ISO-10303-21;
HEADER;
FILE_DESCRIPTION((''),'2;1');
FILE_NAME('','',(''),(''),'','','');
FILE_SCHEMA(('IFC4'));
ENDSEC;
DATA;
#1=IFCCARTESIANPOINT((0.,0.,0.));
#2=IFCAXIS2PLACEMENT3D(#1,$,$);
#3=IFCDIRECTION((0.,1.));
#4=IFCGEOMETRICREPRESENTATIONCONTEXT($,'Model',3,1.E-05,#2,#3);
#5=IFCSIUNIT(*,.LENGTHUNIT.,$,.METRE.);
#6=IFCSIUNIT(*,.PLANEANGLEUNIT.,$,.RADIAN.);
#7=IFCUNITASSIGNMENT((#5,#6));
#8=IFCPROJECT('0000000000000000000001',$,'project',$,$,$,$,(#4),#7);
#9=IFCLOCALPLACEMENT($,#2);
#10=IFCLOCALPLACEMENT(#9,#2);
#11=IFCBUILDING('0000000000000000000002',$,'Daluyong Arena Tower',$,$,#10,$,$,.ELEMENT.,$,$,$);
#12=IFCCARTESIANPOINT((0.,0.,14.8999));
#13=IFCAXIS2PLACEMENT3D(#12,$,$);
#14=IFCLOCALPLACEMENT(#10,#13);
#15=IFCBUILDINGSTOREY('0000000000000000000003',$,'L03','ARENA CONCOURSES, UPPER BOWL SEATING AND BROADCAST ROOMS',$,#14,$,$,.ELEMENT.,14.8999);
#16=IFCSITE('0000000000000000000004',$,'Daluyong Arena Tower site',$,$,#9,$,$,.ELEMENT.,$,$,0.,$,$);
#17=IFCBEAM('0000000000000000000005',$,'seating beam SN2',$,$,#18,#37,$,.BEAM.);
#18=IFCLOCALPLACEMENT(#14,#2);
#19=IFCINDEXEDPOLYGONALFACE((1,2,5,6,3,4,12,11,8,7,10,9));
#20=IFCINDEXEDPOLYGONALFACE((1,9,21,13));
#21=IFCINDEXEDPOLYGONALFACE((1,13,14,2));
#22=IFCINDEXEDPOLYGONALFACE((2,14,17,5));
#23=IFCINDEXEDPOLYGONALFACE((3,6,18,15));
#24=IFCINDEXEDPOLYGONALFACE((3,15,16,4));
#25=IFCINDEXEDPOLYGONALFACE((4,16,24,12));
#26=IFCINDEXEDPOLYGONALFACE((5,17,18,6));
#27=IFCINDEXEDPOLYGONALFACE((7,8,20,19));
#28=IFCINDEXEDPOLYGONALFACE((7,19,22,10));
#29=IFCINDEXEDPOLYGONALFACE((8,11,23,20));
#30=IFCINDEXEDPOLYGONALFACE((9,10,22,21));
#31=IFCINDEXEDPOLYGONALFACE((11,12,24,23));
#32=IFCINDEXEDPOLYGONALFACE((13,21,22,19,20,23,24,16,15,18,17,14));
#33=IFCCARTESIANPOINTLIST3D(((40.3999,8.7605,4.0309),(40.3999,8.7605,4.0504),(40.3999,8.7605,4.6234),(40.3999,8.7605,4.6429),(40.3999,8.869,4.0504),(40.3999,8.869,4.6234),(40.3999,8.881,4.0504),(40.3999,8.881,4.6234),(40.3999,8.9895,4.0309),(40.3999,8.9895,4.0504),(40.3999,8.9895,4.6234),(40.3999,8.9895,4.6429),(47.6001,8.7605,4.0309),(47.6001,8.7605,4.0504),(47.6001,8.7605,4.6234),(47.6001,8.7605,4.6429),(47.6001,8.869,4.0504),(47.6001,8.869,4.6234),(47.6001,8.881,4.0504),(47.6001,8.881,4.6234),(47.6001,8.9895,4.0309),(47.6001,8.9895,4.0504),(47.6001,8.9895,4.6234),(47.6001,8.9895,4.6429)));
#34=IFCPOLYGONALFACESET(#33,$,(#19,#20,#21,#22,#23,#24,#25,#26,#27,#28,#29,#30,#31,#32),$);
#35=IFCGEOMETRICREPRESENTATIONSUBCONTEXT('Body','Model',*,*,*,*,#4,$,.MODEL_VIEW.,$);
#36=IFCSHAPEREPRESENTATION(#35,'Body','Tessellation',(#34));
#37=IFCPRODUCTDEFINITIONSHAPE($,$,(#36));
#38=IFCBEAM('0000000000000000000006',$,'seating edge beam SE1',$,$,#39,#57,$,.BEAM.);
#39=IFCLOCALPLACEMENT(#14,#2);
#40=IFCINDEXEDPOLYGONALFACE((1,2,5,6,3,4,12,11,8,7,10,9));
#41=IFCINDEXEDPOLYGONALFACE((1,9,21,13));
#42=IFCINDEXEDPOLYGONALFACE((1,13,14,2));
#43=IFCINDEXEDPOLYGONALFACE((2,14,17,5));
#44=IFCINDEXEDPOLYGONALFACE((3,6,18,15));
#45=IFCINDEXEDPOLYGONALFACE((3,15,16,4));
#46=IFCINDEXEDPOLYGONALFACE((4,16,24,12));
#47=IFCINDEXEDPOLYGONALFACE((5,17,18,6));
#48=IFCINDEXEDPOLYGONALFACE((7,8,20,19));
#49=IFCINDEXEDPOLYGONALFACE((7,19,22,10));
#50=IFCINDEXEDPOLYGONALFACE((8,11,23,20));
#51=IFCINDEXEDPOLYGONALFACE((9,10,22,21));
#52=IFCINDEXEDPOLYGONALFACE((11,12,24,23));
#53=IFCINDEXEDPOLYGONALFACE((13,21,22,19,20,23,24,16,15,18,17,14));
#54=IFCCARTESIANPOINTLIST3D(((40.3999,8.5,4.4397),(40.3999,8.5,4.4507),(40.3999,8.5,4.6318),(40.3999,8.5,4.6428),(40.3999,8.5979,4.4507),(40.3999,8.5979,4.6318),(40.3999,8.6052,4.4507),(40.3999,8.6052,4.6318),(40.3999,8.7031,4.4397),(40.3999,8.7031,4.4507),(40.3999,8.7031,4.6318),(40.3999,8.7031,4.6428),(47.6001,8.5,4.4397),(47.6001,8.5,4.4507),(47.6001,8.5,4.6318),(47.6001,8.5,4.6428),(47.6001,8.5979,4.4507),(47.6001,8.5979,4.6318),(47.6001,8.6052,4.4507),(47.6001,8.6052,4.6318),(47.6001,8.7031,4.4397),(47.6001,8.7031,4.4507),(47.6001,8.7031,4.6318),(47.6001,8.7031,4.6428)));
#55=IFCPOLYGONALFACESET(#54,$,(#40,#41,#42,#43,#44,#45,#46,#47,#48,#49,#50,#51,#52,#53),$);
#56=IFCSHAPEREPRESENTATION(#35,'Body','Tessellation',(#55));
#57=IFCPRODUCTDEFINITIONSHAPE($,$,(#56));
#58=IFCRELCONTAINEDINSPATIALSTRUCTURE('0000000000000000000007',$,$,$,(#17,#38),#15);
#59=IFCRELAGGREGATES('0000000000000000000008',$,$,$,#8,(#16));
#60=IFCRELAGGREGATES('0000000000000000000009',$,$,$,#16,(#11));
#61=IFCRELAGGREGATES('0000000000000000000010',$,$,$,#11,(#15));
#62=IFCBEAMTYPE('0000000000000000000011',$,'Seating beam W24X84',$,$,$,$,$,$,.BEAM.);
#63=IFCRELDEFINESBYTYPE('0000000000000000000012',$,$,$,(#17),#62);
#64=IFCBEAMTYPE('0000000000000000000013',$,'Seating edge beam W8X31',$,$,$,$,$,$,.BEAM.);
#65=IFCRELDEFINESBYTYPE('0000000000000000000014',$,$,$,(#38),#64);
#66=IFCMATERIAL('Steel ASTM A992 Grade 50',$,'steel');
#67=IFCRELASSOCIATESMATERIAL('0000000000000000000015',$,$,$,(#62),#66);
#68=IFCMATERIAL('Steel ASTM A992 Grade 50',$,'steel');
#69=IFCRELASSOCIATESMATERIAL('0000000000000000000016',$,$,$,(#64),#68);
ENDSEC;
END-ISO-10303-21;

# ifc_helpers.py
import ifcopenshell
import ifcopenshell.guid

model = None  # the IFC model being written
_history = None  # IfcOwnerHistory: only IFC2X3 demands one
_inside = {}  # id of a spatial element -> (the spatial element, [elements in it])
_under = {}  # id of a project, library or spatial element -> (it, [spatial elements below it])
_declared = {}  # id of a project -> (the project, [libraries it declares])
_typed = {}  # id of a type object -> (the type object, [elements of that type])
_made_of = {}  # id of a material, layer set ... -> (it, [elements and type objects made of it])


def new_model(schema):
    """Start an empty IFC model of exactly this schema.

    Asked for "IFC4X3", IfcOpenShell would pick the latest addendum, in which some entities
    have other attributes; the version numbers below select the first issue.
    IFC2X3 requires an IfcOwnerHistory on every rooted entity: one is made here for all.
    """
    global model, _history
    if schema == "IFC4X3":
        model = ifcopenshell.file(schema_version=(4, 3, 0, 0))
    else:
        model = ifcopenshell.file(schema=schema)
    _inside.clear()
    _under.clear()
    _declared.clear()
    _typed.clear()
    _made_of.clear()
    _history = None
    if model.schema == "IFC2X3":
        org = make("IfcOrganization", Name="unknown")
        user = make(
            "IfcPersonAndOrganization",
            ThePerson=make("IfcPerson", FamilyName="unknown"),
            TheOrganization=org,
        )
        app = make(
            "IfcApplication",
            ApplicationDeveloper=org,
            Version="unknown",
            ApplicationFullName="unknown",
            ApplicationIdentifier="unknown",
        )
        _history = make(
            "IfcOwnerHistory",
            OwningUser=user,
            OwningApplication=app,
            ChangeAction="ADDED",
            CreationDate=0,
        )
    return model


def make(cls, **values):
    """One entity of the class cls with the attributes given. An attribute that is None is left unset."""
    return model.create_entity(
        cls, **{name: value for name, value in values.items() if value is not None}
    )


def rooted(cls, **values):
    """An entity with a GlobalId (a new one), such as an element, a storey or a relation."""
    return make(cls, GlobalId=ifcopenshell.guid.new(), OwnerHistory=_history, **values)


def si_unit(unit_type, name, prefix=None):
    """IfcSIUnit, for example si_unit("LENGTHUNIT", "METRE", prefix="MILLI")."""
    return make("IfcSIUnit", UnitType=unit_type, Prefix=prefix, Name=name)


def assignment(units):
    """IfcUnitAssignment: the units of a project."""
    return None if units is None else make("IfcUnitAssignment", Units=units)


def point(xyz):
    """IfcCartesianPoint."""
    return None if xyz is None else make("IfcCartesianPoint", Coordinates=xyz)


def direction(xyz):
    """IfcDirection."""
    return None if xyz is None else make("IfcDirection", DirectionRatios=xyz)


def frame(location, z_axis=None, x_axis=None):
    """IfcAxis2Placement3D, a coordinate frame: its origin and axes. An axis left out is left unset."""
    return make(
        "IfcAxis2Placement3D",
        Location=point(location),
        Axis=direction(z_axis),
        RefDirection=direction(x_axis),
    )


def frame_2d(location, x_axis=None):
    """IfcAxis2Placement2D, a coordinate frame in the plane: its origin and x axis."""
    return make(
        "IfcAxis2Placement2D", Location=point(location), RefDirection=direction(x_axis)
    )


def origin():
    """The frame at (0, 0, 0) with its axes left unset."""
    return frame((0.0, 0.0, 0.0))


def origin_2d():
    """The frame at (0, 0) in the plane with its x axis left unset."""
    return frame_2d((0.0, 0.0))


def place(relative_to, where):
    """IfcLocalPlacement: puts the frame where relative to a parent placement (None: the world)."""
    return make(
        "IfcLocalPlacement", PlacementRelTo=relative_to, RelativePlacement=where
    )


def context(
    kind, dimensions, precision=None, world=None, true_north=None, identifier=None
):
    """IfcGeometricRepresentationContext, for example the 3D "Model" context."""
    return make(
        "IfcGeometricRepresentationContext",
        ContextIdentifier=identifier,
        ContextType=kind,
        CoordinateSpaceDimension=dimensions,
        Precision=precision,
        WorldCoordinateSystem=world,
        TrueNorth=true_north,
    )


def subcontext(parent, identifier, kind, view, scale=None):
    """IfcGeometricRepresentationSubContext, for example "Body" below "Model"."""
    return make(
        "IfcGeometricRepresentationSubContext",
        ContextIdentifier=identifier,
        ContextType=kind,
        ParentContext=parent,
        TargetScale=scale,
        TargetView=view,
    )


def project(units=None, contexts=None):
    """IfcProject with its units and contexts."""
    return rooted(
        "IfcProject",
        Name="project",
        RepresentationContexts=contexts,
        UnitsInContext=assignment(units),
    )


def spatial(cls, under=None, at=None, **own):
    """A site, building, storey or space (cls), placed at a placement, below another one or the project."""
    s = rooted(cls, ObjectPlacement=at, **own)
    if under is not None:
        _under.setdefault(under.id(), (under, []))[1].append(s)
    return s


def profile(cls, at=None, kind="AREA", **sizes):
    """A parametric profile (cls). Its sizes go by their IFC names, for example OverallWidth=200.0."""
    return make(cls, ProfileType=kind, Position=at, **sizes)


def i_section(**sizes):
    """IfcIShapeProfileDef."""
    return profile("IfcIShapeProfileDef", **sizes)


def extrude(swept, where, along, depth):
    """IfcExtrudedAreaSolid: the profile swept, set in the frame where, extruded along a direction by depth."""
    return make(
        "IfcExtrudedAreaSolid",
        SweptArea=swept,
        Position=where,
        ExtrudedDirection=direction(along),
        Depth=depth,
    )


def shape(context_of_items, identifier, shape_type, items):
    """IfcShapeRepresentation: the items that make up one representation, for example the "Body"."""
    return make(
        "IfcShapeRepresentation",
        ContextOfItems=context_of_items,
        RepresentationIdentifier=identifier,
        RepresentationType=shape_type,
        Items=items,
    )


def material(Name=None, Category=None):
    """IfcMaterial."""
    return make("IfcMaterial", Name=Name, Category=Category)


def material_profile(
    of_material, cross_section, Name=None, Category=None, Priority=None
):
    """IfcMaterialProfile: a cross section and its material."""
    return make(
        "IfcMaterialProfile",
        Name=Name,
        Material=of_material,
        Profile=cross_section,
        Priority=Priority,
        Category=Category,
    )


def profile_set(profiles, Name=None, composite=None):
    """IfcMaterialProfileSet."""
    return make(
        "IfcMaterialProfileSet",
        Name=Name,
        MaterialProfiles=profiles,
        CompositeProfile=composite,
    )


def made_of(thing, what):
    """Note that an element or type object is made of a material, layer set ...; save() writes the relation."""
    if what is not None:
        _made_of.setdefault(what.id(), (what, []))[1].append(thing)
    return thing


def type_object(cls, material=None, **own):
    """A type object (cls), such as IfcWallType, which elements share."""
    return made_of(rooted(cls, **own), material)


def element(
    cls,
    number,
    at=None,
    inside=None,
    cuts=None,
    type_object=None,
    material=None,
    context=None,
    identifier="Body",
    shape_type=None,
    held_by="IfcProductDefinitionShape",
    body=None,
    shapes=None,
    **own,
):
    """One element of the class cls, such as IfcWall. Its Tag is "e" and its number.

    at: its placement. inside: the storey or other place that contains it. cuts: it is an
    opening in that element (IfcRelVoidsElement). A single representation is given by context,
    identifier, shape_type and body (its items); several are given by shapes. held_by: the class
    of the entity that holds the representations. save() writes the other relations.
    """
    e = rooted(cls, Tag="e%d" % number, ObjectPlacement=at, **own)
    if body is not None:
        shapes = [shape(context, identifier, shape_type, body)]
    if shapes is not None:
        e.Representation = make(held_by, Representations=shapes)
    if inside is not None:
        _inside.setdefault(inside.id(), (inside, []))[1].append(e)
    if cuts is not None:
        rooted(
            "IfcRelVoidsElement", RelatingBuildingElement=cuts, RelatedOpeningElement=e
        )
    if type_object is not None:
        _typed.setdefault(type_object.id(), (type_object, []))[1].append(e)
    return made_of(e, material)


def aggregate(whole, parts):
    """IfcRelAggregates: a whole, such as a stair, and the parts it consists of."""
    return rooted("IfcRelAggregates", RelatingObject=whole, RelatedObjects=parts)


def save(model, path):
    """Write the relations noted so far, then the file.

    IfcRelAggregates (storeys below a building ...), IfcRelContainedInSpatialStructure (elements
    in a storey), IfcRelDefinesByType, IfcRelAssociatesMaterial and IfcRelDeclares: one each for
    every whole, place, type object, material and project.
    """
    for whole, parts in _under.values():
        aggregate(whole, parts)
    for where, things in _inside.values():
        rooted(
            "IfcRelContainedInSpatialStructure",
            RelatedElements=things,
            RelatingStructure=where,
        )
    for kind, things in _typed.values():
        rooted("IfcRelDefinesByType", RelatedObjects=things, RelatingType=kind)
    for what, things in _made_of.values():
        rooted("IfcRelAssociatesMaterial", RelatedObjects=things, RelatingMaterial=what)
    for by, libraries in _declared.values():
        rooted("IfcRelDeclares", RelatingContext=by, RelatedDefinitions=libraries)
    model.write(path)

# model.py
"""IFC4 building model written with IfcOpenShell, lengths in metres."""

from ifc_helpers import new_model, si_unit, direction, frame, origin, origin_2d, place, context, subcontext, project, spatial, i_section, extrude, material, material_profile, profile_set, type_object, element, save


model = new_model("IFC4")

# Units and contexts
model_context = context("Model", 3, precision=1e-05, world=origin(), true_north=direction((0.0, 1.0)))
body_context = subcontext(model_context, "Body", "Model", "MODEL_VIEW")
ifc_project = project(units=[si_unit("LENGTHUNIT", "METRE"), si_unit("PLANEANGLEUNIT", "RADIAN")], contexts=[model_context])

# Site, building, storey
site_placement = place(None, origin())
site = spatial("IfcSite", under=ifc_project, at=site_placement, Name="Daluyong Arena Tower site", CompositionType="ELEMENT", RefElevation=0.0)
building_placement = place(site_placement, origin())
building = spatial("IfcBuilding", under=site, at=building_placement, Name="Daluyong Arena Tower", CompositionType="ELEMENT")
storey_placement = place(building_placement, frame((0.0, 0.0, 14.8999)))
storey = spatial("IfcBuildingStorey", under=building, at=storey_placement, Name="L03", Description="ARENA CONCOURSES, UPPER BOWL SEATING AND BROADCAST ROOMS", CompositionType="ELEMENT", Elevation=14.8999)

# Beams
ifc_material_1 = material(Name="Steel ASTM A992 Grade 50", Category="steel")
ifc_material_profile_1 = material_profile(ifc_material_1, i_section(OverallWidth=0.229, OverallDepth=0.6121, WebThickness=0.012, FlangeThickness=0.0195, at=origin_2d()))
ifc_profile_set_1 = profile_set([ifc_material_profile_1], Name="Steel ASTM A992 Grade 50")
beam_type_1 = type_object("IfcBeamType", Name="Seating beam W24X84", PredefinedType="BEAM", material=ifc_profile_set_1)
beam_1_placement = place(storey_placement, frame((40.3999, 8.875, 4.3369), z_axis=(1.0, 0.0, 0.0), x_axis=(0.0, 1.0, 0.0)))
element("IfcBeam", 1, at=beam_1_placement, inside=storey, type_object=beam_type_1, Name="seating beam SN2", PredefinedType="BEAM", context=body_context, shape_type="SweptSolid", body=[
    extrude(i_section(OverallWidth=0.229, OverallDepth=0.6121, WebThickness=0.012, FlangeThickness=0.0195, at=origin_2d()), origin(), (0.0, 0.0, 1.0), 7.2002),
])
ifc_material_2 = material(Name="Steel ASTM A992 Grade 50", Category="steel")
ifc_material_profile_2 = material_profile(ifc_material_2, i_section(OverallWidth=0.2031, OverallDepth=0.2031, WebThickness=0.0073, FlangeThickness=0.011, at=origin_2d()))
ifc_profile_set_2 = profile_set([ifc_material_profile_2], Name="Steel ASTM A992 Grade 50")
beam_type_2 = type_object("IfcBeamType", Name="Seating edge beam W8X31", PredefinedType="BEAM", material=ifc_profile_set_2)
beam_2_placement = place(storey_placement, frame((40.3999, 8.6016, 4.5413), z_axis=(1.0, 0.0, 0.0), x_axis=(0.0, 1.0, 0.0)))
element("IfcBeam", 2, at=beam_2_placement, inside=storey, type_object=beam_type_2, Name="seating edge beam SE1", PredefinedType="BEAM", context=body_context, shape_type="SweptSolid", body=[
    extrude(i_section(OverallWidth=0.2031, OverallDepth=0.2031, WebThickness=0.0073, FlangeThickness=0.011, at=origin_2d()), origin(), (0.0, 0.0, 1.0), 7.2002),
])

save(model, "model.ifc")
